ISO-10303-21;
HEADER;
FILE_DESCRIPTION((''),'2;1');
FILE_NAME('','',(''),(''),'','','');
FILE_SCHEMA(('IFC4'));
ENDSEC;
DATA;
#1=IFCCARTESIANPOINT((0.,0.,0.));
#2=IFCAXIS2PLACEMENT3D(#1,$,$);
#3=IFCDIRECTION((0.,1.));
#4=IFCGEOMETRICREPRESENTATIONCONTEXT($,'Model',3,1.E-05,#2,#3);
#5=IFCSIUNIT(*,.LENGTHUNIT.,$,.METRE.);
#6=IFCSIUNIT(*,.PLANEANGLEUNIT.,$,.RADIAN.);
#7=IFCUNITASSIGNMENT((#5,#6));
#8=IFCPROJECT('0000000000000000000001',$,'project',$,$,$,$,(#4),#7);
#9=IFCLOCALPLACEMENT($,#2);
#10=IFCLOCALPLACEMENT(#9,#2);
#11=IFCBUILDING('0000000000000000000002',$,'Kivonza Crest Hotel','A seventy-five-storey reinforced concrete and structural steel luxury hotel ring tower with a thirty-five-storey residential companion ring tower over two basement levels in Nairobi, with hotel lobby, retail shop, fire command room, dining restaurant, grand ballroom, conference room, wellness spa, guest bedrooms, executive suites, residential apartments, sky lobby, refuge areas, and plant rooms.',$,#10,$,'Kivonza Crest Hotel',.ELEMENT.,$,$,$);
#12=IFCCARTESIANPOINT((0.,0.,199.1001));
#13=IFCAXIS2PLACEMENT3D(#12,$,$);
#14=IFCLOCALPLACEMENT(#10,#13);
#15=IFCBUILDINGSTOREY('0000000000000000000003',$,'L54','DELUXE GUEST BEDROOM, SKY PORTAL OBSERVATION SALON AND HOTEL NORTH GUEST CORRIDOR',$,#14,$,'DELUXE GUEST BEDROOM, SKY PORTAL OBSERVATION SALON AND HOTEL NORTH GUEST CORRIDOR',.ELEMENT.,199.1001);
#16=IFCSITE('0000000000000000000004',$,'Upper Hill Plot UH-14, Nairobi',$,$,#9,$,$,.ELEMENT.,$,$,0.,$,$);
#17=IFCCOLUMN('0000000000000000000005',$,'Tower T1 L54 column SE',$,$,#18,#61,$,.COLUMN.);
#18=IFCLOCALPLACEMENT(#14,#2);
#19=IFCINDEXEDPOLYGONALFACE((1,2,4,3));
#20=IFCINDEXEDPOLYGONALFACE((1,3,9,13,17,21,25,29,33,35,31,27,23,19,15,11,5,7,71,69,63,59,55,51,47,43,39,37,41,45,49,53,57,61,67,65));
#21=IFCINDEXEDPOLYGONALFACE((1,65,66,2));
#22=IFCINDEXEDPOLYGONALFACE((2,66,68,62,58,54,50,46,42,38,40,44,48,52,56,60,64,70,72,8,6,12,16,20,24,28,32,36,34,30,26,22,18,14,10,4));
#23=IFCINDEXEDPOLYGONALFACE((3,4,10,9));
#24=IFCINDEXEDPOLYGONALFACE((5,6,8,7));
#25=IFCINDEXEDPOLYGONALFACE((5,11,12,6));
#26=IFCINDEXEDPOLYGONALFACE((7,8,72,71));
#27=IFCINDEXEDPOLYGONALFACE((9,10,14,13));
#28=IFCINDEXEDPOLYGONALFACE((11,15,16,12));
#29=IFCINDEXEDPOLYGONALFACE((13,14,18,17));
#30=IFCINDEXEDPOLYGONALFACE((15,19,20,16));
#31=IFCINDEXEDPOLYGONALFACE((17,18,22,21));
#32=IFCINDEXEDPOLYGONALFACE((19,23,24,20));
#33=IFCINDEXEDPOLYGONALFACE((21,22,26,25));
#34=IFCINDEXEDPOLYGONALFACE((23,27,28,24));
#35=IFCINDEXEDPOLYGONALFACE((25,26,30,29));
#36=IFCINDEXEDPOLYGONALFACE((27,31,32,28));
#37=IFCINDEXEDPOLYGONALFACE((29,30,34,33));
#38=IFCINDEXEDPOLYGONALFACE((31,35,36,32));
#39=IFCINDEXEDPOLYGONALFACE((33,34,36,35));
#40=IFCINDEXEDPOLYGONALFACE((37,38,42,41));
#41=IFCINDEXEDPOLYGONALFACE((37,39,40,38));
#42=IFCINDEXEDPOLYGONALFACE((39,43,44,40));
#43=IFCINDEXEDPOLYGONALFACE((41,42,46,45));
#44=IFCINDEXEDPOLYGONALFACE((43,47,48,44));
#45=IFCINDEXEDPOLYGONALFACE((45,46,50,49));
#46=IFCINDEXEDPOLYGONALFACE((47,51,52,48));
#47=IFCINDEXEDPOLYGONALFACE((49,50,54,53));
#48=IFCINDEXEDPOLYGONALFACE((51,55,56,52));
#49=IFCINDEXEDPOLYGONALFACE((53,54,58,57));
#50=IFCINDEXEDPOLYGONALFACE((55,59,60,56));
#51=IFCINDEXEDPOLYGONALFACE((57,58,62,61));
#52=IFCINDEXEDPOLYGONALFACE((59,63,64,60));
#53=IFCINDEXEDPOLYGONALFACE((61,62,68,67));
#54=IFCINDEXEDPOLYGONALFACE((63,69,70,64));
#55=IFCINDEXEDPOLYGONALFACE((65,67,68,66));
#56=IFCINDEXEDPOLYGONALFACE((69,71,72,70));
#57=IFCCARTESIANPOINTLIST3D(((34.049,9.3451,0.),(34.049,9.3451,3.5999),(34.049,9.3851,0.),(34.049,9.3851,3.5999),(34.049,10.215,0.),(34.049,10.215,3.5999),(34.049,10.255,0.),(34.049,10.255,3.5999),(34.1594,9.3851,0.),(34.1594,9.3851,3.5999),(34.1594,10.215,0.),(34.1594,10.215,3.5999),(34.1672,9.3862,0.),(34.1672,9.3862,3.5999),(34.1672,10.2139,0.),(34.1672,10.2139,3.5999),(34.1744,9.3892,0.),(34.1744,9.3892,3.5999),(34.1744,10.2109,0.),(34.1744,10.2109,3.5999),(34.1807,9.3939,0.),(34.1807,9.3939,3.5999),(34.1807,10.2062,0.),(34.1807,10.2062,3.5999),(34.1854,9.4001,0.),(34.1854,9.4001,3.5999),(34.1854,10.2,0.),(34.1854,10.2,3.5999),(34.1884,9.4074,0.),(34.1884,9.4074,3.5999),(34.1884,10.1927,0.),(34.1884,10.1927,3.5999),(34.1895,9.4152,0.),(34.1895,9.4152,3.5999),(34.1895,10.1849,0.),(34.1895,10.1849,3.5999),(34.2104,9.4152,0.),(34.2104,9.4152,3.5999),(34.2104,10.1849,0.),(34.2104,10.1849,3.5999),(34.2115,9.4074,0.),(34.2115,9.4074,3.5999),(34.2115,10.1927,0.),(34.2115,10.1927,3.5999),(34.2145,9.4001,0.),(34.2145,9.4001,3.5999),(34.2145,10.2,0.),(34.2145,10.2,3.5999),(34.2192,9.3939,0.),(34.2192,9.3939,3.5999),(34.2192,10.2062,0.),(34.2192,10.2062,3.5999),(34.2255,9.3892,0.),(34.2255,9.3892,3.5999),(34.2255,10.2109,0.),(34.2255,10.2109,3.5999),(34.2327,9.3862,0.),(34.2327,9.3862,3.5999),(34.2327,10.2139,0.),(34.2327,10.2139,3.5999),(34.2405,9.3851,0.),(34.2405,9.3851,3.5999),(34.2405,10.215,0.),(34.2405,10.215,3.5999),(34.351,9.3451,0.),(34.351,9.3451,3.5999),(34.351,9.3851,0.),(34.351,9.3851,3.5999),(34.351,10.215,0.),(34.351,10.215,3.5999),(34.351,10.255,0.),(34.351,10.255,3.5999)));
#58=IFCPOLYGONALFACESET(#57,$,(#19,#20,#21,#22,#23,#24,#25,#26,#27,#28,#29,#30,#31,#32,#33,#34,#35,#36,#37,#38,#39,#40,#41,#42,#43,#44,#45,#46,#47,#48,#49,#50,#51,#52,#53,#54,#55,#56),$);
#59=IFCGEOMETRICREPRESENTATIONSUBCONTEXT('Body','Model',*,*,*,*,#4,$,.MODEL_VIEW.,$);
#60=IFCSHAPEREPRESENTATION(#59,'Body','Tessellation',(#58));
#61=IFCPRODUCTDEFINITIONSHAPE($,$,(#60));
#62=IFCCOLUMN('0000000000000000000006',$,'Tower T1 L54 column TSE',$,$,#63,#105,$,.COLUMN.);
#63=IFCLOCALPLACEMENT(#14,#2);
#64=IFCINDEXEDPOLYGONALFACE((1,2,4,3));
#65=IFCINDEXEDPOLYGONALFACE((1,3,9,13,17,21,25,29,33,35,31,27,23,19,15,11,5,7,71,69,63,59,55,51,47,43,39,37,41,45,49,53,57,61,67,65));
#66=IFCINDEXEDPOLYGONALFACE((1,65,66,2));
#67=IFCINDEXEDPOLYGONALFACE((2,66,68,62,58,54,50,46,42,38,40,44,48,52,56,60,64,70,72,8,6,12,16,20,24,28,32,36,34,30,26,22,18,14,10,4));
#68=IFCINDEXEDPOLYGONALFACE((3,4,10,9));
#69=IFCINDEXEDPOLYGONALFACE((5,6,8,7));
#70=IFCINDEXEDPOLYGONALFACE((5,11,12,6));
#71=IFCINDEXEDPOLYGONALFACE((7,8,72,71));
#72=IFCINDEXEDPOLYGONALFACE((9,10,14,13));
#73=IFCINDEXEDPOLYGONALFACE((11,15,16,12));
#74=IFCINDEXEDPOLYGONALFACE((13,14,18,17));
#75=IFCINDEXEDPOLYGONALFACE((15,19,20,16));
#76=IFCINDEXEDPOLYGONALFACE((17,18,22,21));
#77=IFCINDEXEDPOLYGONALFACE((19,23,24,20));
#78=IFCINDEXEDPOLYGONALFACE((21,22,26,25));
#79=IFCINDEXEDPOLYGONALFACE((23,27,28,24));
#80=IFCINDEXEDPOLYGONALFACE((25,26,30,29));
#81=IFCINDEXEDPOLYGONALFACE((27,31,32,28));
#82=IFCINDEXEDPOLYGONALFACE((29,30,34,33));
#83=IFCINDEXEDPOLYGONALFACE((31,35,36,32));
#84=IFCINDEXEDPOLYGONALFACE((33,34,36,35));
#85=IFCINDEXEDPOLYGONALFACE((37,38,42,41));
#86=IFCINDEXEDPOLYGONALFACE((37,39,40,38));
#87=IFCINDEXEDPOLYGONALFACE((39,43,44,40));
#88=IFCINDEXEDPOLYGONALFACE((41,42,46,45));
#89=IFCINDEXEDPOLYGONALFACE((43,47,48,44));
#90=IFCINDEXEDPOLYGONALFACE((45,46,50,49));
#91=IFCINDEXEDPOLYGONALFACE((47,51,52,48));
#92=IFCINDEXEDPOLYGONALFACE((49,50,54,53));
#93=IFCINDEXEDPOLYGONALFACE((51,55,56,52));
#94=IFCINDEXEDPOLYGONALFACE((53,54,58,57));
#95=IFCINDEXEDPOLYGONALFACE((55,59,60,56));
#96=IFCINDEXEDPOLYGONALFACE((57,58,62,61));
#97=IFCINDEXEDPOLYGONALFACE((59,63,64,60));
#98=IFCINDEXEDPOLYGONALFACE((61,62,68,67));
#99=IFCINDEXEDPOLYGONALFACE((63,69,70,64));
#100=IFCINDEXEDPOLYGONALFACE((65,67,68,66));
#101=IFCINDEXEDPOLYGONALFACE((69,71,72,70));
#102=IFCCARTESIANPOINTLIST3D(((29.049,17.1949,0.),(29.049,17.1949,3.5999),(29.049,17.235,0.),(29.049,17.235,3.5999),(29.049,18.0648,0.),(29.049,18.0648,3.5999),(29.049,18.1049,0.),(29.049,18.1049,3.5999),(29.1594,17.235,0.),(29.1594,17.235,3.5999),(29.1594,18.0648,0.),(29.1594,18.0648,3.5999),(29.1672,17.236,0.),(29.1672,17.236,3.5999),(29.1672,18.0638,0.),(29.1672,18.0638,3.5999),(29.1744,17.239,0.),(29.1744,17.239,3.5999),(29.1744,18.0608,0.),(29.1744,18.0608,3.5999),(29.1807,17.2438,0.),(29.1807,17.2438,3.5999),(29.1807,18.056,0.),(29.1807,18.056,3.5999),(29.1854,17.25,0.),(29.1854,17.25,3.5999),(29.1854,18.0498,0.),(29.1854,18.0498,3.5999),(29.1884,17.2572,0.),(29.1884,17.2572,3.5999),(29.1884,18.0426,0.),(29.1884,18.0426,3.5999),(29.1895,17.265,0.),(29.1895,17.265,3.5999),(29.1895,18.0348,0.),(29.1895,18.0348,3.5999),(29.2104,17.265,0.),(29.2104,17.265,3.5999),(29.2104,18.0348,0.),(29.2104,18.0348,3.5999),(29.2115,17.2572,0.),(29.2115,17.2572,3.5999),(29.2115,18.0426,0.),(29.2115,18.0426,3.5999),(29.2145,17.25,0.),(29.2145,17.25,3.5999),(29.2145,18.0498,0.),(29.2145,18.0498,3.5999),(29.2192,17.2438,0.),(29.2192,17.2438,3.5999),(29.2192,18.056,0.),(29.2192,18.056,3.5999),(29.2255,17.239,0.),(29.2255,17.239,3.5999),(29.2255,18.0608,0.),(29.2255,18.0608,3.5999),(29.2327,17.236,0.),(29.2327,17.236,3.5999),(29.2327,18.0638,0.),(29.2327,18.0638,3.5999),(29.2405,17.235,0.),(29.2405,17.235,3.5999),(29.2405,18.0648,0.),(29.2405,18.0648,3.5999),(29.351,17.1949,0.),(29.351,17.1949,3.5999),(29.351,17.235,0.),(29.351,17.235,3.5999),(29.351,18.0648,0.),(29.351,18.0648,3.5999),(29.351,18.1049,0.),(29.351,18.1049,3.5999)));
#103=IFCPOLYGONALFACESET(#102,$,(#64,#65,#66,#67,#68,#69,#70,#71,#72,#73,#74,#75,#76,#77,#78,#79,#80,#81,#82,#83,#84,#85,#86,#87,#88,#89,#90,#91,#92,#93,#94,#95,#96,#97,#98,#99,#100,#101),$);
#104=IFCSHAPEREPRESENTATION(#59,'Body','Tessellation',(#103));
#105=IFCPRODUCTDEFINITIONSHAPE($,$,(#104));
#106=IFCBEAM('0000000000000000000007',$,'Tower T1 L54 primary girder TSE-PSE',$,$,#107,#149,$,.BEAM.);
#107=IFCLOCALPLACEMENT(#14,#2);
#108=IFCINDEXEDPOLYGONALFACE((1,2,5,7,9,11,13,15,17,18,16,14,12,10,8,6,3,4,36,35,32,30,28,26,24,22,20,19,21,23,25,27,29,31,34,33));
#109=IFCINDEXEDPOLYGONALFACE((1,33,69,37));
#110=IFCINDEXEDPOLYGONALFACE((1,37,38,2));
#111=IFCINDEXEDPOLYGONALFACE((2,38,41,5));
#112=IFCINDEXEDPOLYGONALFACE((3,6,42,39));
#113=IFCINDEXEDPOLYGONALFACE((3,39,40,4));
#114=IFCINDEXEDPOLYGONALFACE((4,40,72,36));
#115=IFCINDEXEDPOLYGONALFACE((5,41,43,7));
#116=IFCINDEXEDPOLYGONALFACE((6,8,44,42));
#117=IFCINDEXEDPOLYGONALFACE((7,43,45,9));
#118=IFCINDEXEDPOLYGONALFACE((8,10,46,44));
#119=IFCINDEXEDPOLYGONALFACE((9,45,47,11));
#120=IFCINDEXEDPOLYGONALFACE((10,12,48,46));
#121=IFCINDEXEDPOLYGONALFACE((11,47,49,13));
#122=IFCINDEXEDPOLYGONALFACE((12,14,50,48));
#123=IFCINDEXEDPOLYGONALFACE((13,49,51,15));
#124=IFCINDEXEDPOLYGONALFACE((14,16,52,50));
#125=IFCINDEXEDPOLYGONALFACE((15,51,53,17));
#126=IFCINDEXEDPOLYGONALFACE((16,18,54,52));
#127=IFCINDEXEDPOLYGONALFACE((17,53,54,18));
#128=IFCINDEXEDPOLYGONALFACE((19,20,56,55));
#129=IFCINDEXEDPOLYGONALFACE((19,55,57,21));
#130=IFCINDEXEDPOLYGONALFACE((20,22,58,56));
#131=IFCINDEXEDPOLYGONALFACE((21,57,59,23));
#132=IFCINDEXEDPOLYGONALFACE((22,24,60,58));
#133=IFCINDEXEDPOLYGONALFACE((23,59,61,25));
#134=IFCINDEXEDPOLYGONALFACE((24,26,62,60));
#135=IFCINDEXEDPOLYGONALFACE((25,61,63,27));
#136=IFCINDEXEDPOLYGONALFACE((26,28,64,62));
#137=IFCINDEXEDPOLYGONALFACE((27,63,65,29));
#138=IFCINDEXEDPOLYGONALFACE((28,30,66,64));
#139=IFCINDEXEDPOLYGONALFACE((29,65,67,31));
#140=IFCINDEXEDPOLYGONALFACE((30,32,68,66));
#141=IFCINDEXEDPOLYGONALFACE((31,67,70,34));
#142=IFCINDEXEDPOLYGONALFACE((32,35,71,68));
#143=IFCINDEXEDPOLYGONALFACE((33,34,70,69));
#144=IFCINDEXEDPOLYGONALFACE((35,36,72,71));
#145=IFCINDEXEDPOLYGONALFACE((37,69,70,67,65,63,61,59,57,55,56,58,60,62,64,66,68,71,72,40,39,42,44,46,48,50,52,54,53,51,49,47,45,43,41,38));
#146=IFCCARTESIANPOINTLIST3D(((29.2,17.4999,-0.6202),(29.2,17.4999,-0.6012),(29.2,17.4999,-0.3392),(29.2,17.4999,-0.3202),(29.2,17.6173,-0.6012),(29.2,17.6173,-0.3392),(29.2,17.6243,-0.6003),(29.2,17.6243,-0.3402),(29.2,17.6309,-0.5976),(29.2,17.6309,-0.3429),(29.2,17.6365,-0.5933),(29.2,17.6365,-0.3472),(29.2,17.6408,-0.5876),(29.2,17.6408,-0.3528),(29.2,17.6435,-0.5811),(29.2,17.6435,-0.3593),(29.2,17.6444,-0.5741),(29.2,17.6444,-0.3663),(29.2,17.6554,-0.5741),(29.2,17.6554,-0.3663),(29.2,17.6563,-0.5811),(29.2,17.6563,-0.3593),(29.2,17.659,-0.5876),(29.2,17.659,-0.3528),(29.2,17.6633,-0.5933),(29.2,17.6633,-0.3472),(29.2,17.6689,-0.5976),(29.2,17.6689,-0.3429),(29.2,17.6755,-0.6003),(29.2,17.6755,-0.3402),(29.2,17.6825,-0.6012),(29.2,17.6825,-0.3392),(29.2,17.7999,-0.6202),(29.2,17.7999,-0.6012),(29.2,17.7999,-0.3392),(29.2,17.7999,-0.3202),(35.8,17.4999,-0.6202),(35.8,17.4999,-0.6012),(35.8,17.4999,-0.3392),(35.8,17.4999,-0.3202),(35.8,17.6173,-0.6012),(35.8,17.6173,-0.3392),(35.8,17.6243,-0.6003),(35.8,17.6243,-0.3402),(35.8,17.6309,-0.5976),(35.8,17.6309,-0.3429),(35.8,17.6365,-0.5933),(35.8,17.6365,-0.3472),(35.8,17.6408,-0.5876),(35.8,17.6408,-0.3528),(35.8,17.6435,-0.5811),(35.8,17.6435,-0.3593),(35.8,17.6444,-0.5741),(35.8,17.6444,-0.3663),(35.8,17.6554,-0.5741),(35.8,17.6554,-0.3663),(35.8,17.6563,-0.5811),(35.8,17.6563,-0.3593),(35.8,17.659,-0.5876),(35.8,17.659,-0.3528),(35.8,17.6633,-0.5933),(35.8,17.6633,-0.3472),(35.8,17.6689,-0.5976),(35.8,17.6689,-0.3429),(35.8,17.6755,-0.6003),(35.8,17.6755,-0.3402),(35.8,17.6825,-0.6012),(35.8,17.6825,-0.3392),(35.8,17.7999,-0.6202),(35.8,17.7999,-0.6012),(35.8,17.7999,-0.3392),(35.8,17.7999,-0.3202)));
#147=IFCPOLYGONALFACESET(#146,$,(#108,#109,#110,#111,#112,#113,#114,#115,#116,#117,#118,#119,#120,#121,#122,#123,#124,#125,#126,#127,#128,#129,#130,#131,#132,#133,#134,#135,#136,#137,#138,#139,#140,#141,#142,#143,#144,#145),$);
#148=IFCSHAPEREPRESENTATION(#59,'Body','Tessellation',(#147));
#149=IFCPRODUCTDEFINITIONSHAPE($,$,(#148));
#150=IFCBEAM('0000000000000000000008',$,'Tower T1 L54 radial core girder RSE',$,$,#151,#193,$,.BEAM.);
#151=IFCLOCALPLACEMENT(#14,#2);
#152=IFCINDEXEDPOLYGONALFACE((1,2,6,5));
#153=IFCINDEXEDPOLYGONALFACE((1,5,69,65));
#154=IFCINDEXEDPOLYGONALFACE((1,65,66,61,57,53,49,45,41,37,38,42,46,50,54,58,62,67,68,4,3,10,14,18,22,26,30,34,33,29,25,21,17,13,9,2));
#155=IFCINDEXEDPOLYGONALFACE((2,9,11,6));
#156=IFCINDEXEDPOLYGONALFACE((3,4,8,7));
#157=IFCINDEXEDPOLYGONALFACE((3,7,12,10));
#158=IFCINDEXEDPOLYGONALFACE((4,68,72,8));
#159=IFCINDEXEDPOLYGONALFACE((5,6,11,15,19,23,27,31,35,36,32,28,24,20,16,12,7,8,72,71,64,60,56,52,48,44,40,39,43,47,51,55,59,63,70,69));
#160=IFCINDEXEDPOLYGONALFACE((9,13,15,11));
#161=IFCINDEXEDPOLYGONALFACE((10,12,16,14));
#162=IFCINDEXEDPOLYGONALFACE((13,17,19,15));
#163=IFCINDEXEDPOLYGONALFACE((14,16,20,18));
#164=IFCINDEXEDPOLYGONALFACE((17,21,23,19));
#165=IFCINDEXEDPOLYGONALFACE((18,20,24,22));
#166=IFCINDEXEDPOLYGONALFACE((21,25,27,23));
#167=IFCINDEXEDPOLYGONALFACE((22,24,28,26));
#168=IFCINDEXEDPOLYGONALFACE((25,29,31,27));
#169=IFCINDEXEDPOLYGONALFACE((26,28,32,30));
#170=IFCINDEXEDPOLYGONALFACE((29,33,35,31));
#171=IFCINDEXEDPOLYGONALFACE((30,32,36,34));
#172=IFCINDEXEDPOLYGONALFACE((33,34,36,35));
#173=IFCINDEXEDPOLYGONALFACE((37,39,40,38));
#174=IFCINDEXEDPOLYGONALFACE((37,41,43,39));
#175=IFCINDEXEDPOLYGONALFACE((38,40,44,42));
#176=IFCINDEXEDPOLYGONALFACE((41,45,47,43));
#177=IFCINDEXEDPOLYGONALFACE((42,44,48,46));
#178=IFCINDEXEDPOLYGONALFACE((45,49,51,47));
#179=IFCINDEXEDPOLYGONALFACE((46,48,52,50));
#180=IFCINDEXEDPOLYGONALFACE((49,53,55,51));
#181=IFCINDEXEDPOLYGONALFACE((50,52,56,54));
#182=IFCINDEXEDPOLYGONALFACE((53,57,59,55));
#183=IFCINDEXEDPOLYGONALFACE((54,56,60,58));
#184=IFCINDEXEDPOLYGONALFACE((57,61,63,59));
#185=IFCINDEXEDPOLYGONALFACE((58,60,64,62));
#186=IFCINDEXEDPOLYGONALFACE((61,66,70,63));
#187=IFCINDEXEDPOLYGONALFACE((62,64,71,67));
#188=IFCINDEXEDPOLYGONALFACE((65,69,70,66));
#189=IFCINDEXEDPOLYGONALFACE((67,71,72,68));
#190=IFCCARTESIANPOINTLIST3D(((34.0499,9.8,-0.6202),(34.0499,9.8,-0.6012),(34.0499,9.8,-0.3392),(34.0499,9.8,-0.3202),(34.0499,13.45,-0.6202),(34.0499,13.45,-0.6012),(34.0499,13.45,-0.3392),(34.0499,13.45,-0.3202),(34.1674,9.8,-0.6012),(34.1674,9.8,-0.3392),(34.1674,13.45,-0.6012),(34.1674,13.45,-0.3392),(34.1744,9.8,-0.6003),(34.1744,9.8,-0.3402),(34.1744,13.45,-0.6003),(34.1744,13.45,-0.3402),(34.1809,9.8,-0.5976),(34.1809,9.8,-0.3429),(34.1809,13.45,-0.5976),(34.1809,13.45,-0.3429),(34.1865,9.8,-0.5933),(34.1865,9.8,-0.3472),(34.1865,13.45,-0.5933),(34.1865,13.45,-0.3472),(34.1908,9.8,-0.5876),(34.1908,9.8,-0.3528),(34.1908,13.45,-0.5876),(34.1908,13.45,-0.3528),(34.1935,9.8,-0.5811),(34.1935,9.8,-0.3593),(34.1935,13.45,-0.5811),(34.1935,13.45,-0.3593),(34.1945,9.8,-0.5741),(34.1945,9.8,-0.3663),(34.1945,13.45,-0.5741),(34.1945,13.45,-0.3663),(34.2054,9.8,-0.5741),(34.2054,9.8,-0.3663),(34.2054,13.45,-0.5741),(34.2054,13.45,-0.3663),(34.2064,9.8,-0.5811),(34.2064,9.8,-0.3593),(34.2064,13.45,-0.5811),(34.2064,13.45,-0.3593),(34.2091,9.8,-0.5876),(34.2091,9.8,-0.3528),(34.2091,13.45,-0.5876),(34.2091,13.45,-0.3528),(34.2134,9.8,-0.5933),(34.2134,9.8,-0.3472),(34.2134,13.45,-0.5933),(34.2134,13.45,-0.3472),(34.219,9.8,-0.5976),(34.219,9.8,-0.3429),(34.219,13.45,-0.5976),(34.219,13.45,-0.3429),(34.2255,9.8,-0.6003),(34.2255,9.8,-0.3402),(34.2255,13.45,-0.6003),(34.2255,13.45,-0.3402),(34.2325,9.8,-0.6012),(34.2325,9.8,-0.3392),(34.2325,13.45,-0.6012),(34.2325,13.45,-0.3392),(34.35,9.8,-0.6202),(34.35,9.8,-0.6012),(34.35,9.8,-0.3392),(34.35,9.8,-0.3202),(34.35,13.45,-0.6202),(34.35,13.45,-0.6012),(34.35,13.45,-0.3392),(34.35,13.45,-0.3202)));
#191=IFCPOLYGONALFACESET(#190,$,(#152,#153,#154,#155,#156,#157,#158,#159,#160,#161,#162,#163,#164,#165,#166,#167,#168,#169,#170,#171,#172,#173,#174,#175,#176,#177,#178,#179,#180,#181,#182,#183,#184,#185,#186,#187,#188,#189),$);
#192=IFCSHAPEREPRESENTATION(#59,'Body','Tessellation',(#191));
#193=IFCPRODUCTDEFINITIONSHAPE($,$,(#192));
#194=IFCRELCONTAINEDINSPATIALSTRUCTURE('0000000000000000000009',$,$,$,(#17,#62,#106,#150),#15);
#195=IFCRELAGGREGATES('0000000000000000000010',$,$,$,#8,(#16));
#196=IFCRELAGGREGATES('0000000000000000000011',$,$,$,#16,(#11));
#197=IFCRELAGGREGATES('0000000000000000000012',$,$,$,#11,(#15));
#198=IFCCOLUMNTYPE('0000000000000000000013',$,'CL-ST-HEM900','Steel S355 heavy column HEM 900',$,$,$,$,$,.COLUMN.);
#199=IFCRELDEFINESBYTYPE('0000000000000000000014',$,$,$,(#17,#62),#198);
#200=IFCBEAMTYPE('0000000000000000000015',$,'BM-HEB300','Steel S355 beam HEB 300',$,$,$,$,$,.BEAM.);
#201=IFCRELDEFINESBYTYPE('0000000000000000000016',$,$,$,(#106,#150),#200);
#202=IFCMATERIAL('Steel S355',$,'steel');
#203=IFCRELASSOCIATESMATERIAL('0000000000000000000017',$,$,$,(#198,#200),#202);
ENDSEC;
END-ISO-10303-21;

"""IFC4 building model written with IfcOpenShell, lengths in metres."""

from ifc_helpers import new_model, si_unit, direction, frame, origin, origin_2d, place, context, subcontext, project, spatial, i_section, extrude, material, material_profile, profile_set, type_object, element, save


model = new_model("IFC4")

# Units and contexts
model_context = context("Model", 3, precision=1e-05, world=origin(), true_north=direction((0.0, 1.0)))
body_context = subcontext(model_context, "Body", "Model", "MODEL_VIEW")
ifc_project = project(units=[si_unit("LENGTHUNIT", "METRE"), si_unit("PLANEANGLEUNIT", "RADIAN")], contexts=[model_context])

# Site, building, storey
site_placement = place(None, origin())
site = spatial("IfcSite", under=ifc_project, at=site_placement, Name="Upper Hill Plot UH-14, Nairobi", CompositionType="ELEMENT", RefElevation=0.0)
building_placement = place(site_placement, origin())
building = spatial("IfcBuilding", under=site, at=building_placement, Name="Kivonza Crest Hotel", Description="A seventy-five-storey reinforced concrete and structural steel luxury hotel ring tower with a thirty-five-storey residential companion ring tower over two basement levels in Nairobi, with hotel lobby, retail shop, fire command room, dining restaurant, grand ballroom, conference room, wellness spa, guest bedrooms, executive suites, residential apartments, sky lobby, refuge areas, and plant rooms.", LongName="Kivonza Crest Hotel", CompositionType="ELEMENT")
storey_placement = place(building_placement, frame((0.0, 0.0, 199.1001)))
storey = spatial("IfcBuildingStorey", under=building, at=storey_placement, Name="L54", Description="DELUXE GUEST BEDROOM, SKY PORTAL OBSERVATION SALON AND HOTEL NORTH GUEST CORRIDOR", LongName="DELUXE GUEST BEDROOM, SKY PORTAL OBSERVATION SALON AND HOTEL NORTH GUEST CORRIDOR", CompositionType="ELEMENT", Elevation=199.1001)

# Columns
ifc_material_1 = material(Name="Steel S355", Category="steel")
ifc_material_profile_1 = material_profile(ifc_material_1, i_section(OverallWidth=0.302, OverallDepth=0.9099, WebThickness=0.021, FlangeThickness=0.04, FilletRadius=0.03, at=origin_2d()), Name="HEM 900")
ifc_profile_set_1 = profile_set([ifc_material_profile_1], Name="Steel S355")
column_type = type_object("IfcColumnType", Name="CL-ST-HEM900", Description="Steel S355 heavy column HEM 900", PredefinedType="COLUMN", material=ifc_profile_set_1)
for number, where, z_axis, x_axis, name in (
    (1, (34.2, 9.8, 0.0), (0.0, 0.0, 1.0), (1.0, 0.0, 0.0), "Tower T1 L54 column SE"),
    (2, (29.2, 17.6499, 0.0), (0.0, 0.0, 1.0), (1.0, 0.0, 0.0), "Tower T1 L54 column TSE"),
):
    element("IfcColumn", number, at=place(storey_placement, frame(where, z_axis=z_axis, x_axis=x_axis)), inside=storey, type_object=column_type, Name=name, PredefinedType="COLUMN", context=body_context, shape_type="SweptSolid", body=[
        extrude(i_section(OverallWidth=0.302, OverallDepth=0.9099, WebThickness=0.021, FlangeThickness=0.04, FilletRadius=0.03, at=origin_2d()), origin(), (0.0, 0.0, 1.0), 3.5999),
    ])

# Beams
ifc_material_profile_2 = material_profile(ifc_material_1, i_section(OverallWidth=0.3, OverallDepth=0.3, WebThickness=0.011, FlangeThickness=0.019, FilletRadius=0.0271, at=origin_2d()), Name="HEB 300")
ifc_profile_set_2 = profile_set([ifc_material_profile_2], Name="Steel S355")
beam_type_1 = type_object("IfcBeamType", Name="BM-HEB300", Description="Steel S355 beam HEB 300", PredefinedType="BEAM", material=ifc_profile_set_2)
beam_1_placement = place(storey_placement, frame((29.2, 17.6499, -0.4702), z_axis=(1.0, 0.0, 0.0), x_axis=(0.0, 1.0, 0.0)))
element("IfcBeam", 3, at=beam_1_placement, inside=storey, type_object=beam_type_1, Name="Tower T1 L54 primary girder TSE-PSE", PredefinedType="BEAM", context=body_context, shape_type="SweptSolid", body=[
    extrude(i_section(OverallWidth=0.3, OverallDepth=0.3, WebThickness=0.011, FlangeThickness=0.019, FilletRadius=0.0271, at=origin_2d()), origin(), (0.0, 0.0, 1.0), 6.6001),
])
beam_2_placement = place(storey_placement, frame((34.2, 9.8, -0.4702), z_axis=(0.0, 1.0, 0.0), x_axis=(-1.0, 0.0, 0.0)))
element("IfcBeam", 4, at=beam_2_placement, inside=storey, type_object=beam_type_1, Name="Tower T1 L54 radial core girder RSE", PredefinedType="BEAM", context=body_context, shape_type="SweptSolid", body=[
    extrude(i_section(OverallWidth=0.3, OverallDepth=0.3, WebThickness=0.011, FlangeThickness=0.019, FilletRadius=0.0271, at=origin_2d()), origin(), (0.0, 0.0, 1.0), 3.6499),
])

save(model, "model.ifc")
